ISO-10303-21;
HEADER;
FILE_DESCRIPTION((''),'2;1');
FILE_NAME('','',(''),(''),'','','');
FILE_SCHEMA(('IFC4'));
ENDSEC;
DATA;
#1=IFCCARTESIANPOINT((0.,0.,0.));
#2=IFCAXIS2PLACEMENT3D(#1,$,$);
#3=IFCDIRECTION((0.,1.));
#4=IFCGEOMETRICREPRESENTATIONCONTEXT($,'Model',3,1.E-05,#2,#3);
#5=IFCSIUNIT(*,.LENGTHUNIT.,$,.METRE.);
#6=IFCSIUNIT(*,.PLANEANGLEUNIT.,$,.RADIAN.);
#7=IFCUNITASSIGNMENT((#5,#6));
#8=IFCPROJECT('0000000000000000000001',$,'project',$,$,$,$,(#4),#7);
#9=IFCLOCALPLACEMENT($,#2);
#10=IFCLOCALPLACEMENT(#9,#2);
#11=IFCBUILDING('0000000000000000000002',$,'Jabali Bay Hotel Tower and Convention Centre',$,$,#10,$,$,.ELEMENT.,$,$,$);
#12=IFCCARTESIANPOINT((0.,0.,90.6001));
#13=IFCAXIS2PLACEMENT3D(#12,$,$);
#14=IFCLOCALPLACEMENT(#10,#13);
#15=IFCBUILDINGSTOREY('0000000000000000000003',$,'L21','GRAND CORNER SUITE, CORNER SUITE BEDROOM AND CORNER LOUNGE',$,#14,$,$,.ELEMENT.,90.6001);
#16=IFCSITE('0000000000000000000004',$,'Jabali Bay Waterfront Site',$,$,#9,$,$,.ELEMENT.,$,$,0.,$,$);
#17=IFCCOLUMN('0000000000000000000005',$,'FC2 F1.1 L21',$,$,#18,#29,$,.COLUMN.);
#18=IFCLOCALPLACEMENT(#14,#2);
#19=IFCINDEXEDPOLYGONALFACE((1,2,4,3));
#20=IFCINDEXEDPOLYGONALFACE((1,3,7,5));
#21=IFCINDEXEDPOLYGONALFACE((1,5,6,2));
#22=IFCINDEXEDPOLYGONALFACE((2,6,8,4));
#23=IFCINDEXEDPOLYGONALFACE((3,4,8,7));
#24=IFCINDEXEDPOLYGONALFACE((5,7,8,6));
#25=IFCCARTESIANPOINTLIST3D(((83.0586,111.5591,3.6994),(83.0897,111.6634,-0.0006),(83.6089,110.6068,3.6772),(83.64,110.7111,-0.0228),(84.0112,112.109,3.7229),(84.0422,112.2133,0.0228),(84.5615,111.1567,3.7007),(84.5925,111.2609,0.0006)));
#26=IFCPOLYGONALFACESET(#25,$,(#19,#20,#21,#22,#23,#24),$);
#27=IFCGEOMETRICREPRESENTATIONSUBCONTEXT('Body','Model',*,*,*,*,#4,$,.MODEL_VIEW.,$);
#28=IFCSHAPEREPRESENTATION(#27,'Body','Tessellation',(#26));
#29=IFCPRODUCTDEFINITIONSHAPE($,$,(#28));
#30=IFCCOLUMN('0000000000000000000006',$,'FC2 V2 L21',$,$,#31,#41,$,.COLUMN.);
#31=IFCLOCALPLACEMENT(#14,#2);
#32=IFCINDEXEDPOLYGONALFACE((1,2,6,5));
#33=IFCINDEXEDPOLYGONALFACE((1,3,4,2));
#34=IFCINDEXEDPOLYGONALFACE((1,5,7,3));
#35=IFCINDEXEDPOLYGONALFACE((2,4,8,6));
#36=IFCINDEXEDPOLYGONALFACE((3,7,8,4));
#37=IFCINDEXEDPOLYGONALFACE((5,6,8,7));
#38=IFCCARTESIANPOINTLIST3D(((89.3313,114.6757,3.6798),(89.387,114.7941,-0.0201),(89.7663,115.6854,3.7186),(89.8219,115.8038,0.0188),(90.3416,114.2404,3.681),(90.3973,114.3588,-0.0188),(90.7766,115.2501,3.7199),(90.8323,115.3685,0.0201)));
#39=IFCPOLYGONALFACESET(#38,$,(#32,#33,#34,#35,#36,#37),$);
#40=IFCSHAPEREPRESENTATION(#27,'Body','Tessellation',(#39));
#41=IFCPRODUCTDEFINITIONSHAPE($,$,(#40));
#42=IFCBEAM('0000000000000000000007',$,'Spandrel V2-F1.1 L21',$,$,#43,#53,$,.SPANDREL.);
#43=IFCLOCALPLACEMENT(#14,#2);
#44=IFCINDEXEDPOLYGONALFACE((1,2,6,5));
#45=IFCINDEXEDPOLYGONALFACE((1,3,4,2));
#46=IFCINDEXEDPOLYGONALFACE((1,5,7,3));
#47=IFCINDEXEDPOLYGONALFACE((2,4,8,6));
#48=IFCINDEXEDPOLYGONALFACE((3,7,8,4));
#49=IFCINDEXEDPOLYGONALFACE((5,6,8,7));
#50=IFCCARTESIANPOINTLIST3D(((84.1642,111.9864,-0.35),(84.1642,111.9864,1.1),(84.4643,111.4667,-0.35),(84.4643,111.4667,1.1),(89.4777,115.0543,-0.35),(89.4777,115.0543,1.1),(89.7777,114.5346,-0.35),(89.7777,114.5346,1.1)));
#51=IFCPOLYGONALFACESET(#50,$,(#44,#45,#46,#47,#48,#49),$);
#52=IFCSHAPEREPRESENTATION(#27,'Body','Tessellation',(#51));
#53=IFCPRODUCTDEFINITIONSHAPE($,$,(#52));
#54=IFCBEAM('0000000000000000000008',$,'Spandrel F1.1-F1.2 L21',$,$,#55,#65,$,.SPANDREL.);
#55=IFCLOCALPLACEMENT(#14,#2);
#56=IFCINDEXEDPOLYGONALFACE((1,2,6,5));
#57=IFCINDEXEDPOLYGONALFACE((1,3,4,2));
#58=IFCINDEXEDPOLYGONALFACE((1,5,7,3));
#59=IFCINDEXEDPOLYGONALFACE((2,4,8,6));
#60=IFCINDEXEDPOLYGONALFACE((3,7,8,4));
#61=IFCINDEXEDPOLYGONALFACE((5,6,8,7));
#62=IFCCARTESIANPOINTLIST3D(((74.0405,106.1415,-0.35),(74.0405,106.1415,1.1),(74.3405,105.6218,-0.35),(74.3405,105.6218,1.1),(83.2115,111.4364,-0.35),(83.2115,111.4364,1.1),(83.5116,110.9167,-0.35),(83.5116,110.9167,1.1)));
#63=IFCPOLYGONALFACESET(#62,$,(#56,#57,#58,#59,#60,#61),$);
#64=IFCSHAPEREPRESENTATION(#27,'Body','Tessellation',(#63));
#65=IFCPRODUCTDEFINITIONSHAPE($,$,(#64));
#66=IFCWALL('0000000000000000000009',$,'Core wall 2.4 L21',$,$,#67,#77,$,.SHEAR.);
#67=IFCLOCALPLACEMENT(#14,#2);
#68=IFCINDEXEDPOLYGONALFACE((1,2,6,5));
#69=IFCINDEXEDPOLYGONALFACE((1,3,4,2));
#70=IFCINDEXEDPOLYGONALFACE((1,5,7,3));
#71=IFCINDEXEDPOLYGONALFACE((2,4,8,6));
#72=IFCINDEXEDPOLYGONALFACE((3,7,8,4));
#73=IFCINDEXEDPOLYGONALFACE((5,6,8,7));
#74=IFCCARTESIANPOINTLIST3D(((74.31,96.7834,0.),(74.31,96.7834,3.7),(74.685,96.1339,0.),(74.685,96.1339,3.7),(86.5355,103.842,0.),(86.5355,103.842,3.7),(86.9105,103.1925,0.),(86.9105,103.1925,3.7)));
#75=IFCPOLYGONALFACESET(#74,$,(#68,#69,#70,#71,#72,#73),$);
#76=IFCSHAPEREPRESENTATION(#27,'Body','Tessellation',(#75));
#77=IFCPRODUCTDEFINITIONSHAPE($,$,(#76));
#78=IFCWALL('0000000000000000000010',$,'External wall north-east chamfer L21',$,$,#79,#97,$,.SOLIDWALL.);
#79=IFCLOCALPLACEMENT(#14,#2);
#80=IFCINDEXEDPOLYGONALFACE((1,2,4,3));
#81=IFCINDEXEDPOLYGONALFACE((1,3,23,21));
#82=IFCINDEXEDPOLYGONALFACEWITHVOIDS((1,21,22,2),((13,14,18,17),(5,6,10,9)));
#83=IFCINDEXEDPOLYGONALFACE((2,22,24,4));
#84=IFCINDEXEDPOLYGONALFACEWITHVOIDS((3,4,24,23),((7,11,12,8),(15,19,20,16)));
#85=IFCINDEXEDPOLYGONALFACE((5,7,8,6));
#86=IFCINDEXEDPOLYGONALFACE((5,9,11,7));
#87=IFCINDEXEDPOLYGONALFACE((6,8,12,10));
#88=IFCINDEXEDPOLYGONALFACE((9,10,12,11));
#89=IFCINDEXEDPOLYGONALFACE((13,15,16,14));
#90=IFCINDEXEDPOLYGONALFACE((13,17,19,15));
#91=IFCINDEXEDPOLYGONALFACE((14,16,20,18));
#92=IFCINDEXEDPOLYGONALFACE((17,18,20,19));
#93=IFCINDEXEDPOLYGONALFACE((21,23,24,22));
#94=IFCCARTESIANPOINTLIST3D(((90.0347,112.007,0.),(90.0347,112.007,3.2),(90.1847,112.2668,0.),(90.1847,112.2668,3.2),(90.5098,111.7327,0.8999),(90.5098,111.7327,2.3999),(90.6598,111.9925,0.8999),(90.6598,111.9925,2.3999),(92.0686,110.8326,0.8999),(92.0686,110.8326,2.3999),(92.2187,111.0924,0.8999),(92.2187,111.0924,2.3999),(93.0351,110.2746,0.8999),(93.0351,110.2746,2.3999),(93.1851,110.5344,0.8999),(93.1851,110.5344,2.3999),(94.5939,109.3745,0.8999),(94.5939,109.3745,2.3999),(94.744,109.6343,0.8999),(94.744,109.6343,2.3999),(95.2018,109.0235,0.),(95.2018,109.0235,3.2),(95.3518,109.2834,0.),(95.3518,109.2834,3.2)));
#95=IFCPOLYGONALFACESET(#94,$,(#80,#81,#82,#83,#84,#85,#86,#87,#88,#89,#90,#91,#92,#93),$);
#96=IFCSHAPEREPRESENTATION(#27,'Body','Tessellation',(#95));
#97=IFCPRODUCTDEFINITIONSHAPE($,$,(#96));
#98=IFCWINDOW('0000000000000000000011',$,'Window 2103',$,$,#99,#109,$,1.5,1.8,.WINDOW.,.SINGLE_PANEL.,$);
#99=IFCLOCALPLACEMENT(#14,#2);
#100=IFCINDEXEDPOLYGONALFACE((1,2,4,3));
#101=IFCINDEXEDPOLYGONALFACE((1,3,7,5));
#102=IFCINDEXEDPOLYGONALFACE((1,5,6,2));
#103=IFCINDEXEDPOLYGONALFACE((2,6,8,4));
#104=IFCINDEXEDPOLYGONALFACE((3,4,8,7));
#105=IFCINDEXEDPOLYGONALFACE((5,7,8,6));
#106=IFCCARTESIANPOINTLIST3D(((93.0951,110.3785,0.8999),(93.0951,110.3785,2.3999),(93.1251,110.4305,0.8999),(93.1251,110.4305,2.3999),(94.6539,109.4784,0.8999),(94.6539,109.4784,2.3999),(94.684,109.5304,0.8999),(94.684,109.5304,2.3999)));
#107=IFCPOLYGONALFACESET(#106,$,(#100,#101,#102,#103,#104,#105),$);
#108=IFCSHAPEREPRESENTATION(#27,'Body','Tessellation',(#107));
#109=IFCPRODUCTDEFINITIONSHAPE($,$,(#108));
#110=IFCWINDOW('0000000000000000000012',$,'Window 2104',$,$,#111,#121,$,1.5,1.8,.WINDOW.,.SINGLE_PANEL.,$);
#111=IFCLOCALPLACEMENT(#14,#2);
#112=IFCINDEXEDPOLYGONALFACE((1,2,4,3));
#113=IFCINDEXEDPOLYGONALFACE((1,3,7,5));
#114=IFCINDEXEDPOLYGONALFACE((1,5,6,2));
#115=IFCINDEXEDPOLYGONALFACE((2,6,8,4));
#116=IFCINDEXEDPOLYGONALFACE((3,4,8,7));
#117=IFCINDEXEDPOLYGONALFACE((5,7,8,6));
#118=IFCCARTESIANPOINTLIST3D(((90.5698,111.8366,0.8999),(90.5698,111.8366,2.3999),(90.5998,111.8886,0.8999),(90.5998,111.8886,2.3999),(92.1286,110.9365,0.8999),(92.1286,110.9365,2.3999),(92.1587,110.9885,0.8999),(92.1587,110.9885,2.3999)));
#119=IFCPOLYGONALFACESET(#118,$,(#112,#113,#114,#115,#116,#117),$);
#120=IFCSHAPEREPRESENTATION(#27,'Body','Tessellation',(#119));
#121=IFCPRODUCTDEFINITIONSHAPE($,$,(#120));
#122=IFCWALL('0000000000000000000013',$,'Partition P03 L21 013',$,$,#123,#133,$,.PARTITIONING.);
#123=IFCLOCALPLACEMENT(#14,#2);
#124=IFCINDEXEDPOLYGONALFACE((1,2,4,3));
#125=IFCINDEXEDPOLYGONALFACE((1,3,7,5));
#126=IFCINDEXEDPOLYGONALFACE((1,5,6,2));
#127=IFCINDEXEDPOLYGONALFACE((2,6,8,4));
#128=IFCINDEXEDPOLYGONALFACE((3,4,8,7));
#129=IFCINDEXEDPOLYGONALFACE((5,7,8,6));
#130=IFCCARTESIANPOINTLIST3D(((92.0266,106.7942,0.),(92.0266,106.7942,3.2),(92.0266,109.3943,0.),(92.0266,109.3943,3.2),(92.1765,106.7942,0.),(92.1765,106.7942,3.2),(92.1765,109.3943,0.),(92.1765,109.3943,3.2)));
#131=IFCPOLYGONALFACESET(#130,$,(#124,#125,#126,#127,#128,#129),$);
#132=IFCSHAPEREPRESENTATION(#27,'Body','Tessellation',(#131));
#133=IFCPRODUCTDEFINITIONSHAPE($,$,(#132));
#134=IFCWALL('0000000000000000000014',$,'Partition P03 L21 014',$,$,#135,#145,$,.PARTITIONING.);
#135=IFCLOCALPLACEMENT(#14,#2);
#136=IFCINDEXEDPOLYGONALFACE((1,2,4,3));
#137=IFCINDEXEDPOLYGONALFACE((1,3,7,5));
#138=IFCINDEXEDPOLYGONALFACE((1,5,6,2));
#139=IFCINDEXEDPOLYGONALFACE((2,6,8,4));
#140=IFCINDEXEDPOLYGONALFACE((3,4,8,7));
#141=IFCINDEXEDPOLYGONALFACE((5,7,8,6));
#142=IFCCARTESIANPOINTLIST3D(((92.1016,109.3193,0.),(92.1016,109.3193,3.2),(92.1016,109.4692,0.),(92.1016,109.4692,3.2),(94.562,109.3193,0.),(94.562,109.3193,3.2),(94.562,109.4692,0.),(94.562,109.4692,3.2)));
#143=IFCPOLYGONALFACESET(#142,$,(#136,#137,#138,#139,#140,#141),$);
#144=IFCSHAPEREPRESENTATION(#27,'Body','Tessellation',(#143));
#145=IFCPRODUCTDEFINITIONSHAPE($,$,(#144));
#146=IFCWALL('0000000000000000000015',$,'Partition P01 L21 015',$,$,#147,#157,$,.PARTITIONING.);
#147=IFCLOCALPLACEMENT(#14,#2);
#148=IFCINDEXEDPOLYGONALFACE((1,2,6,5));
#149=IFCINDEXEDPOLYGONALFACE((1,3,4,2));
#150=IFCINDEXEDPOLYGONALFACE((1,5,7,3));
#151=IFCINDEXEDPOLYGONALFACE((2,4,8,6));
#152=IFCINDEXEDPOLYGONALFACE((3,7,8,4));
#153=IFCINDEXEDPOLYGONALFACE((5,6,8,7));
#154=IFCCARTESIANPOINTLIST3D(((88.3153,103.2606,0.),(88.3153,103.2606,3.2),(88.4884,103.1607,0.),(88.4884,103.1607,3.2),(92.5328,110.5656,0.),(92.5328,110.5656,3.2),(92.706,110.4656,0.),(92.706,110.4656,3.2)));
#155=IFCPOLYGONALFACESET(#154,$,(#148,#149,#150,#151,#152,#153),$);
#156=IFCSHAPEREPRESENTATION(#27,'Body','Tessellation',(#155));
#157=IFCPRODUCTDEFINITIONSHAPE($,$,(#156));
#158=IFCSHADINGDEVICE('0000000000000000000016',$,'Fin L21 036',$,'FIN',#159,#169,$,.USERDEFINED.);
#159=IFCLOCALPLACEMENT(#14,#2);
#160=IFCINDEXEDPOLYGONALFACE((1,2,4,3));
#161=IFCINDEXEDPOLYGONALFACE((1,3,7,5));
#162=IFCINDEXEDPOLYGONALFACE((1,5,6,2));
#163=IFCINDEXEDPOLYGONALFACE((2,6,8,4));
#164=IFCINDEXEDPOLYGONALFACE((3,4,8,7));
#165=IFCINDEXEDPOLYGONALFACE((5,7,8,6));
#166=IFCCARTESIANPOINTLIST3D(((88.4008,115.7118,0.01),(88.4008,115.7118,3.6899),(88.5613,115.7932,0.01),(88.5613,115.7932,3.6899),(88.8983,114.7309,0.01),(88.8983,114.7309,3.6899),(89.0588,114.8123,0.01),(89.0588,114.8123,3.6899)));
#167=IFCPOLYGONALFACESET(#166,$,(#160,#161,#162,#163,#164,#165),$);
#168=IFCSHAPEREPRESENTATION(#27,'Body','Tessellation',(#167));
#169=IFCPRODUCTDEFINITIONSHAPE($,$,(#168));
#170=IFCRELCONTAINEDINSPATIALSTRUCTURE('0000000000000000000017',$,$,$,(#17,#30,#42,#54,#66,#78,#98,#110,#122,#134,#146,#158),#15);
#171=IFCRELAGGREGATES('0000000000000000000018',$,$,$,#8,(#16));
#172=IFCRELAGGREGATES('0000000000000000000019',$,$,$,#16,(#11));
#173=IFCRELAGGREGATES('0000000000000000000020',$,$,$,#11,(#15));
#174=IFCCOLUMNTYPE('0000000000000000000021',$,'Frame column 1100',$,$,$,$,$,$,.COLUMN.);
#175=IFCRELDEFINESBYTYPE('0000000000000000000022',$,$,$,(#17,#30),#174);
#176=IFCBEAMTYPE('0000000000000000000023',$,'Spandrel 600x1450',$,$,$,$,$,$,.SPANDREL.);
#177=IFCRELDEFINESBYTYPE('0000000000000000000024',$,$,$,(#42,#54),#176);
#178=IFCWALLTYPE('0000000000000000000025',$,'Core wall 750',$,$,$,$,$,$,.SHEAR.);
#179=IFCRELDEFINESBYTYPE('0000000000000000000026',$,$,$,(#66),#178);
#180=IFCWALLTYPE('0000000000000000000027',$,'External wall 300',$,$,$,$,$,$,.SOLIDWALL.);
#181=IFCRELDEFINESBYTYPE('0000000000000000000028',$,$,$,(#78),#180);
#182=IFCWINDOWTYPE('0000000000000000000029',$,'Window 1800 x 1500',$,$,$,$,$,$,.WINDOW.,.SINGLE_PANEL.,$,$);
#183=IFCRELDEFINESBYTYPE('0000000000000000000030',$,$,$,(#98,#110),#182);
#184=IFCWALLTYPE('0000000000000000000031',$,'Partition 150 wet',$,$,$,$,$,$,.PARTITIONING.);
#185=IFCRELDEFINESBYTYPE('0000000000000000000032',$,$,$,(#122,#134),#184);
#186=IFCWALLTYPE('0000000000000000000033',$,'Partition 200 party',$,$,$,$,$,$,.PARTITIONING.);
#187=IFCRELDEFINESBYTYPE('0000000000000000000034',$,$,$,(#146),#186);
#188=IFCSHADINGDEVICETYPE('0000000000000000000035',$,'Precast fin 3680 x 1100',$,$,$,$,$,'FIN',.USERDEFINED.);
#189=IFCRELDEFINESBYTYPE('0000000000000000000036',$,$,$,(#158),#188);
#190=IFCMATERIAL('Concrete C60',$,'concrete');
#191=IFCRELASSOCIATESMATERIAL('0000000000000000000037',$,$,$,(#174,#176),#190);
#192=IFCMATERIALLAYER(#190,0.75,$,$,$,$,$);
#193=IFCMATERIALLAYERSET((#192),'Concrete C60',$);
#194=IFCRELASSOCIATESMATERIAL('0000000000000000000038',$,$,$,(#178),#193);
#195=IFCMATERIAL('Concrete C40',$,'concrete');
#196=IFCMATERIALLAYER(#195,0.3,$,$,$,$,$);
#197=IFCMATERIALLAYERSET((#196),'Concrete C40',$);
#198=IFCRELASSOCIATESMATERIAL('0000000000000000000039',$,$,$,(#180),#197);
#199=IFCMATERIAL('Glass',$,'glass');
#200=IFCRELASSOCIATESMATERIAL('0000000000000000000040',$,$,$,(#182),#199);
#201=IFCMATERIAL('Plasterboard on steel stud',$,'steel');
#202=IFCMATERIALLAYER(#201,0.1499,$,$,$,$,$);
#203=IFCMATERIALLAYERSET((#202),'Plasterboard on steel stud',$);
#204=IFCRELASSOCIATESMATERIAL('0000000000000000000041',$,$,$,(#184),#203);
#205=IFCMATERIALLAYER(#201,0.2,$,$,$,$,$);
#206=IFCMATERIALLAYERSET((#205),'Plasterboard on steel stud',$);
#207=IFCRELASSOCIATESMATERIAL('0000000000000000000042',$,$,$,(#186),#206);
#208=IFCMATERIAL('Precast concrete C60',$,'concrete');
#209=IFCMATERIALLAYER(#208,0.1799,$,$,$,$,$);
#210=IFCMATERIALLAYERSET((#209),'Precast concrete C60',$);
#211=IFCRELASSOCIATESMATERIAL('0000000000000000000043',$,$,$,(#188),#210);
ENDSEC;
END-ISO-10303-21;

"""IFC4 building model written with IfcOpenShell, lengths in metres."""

from ifc_helpers import new_model, si_unit, direction, frame, frame_2d, origin, origin_2d, place, context, subcontext, project, spatial, rectangle, extrude, material, layer, layer_set, material_profile, profile_set, type_object, element, fill, save


model = new_model("IFC4")

# Units and contexts
model_context = context("Model", 3, precision=1e-05, world=origin(), true_north=direction((0.0, 1.0)))
body_context = subcontext(model_context, "Body", "Model", "MODEL_VIEW")
ifc_project = project(units=[si_unit("LENGTHUNIT", "METRE"), si_unit("PLANEANGLEUNIT", "RADIAN")], contexts=[model_context])

# Site, building, storey
site_placement = place(None, origin())
site = spatial("IfcSite", under=ifc_project, at=site_placement, Name="Jabali Bay Waterfront Site", CompositionType="ELEMENT", RefElevation=0.0)
building_placement = place(site_placement, origin())
building = spatial("IfcBuilding", under=site, at=building_placement, Name="Jabali Bay Hotel Tower and Convention Centre", CompositionType="ELEMENT")
storey_placement = place(building_placement, frame((0.0, 0.0, 90.6001)))
storey = spatial("IfcBuildingStorey", under=building, at=storey_placement, Name="L21", Description="GRAND CORNER SUITE, CORNER SUITE BEDROOM AND CORNER LOUNGE", CompositionType="ELEMENT", Elevation=90.6001)

# Columns
ifc_material_1 = material(Name="Concrete C60", Category="concrete")
ifc_material_profile_1 = material_profile(ifc_material_1, rectangle(XDim=1.1001, YDim=1.1001, at=origin_2d()), Name="Frame column 1100")
ifc_profile_set_1 = profile_set([ifc_material_profile_1], Name="Concrete C60")
column_type = type_object("IfcColumnType", Name="Frame column 1100", PredefinedType="COLUMN", material=ifc_profile_set_1)
column_1_placement = place(storey_placement, frame((83.8411, 111.4622, 0.0), z_axis=(-0.008376, -0.028163, 0.999568), x_axis=(0.865853, 0.499842, 0.021339)))
element("IfcColumn", 1, at=column_1_placement, inside=storey, type_object=column_type, Name="FC2 F1.1 L21", PredefinedType="COLUMN", context=body_context, shape_type="SweptSolid", body=[
    extrude(rectangle(XDim=1.1001, YDim=1.1001, at=origin_2d()), origin(), (0.0, 0.0, 1.0), 3.7017),
])
column_2_placement = place(storey_placement, frame((90.1096, 115.0813, 0.0), z_axis=(-0.015035, -0.031983, 0.999375), x_axis=(0.918396, -0.395661, 0.001155)))
element("IfcColumn", 2, at=column_2_placement, inside=storey, type_object=column_type, Name="FC2 V2 L21", PredefinedType="COLUMN", context=body_context, shape_type="SweptSolid", body=[
    extrude(rectangle(XDim=1.1001, YDim=1.1001, at=origin_2d()), origin(), (0.0, 0.0, 1.0), 3.7021),
])

# Beams
ifc_material_profile_2 = material_profile(ifc_material_1, rectangle(XDim=0.6001, YDim=1.45, at=origin_2d()), Name="Spandrel 600x1450")
ifc_profile_set_2 = profile_set([ifc_material_profile_2], Name="Concrete C60")
beam_type = type_object("IfcBeamType", Name="Spandrel 600x1450", PredefinedType="SPANDREL", material=ifc_profile_set_2)
beam_1_placement = place(storey_placement, frame((89.6277, 114.7944, 0.375), z_axis=(-0.866016, -0.500016, 0.0), x_axis=(0.500016, -0.866016, 0.0)))
element("IfcBeam", 3, at=beam_1_placement, inside=storey, type_object=beam_type, Name="Spandrel V2-F1.1 L21", PredefinedType="SPANDREL", context=body_context, shape_type="SweptSolid", body=[
    extrude(rectangle(XDim=0.6001, YDim=1.45, at=origin_2d()), origin(), (0.0, 0.0, 1.0), 6.1355),
])
beam_2_placement = place(storey_placement, frame((83.3616, 111.1765, 0.375), z_axis=(-0.866027, -0.499997, 0.0), x_axis=(0.499997, -0.866027, 0.0)))
element("IfcBeam", 4, at=beam_2_placement, inside=storey, type_object=beam_type, Name="Spandrel F1.1-F1.2 L21", PredefinedType="SPANDREL", context=body_context, shape_type="SweptSolid", body=[
    extrude(rectangle(XDim=0.6001, YDim=1.45, at=origin_2d()), origin(), (0.0, 0.0, 1.0), 10.5898),
])

# Wall
ifc_layer_1 = layer(ifc_material_1, 0.75)
ifc_layer_set_1 = layer_set([ifc_layer_1], Name="Concrete C60")
wall_type_1 = type_object("IfcWallType", Name="Core wall 750", PredefinedType="SHEAR", material=ifc_layer_set_1)
wall_1_placement = place(storey_placement, frame((86.7231, 103.5173, 0.0), z_axis=(0.0, 0.0, 1.0), x_axis=(-0.866021, -0.500008, 0.0)))
element("IfcWall", 5, at=wall_1_placement, inside=storey, type_object=wall_type_1, Name="Core wall 2.4 L21", PredefinedType="SHEAR", context=body_context, shape_type="SweptSolid", body=[
    extrude(rectangle(XDim=14.1169, YDim=0.75, at=frame_2d((7.0586, 0.0))), origin(), (0.0, 0.0, 1.0), 3.7),
])

# Wall, openings, windows
ifc_material_2 = material(Name="Concrete C40", Category="concrete")
ifc_layer_2 = layer(ifc_material_2, 0.3)
ifc_layer_set_2 = layer_set([ifc_layer_2], Name="Concrete C40")
wall_type_2 = type_object("IfcWallType", Name="External wall 300", PredefinedType="SOLIDWALL", material=ifc_layer_set_2)
wall_2_placement = place(storey_placement, frame((90.1096, 112.137, 0.0), z_axis=(0.0, 0.0, 1.0), x_axis=(0.866008, -0.500029, 0.0)))
wall_2 = element("IfcWall", 6, at=wall_2_placement, inside=storey, type_object=wall_type_2, Name="External wall north-east chamfer L21", PredefinedType="SOLIDWALL", context=body_context, shape_type="SweptSolid", body=[
    extrude(rectangle(XDim=5.9666, YDim=0.3, at=frame_2d((2.9834, 0.0))), origin(), (0.0, 0.0, 1.0), 3.2),
])
opening_1_placement = place(wall_2_placement, frame((3.4648, 0.0, 0.8999)))
opening_1 = element("IfcOpeningElement", 7, at=opening_1_placement, cuts=wall_2, PredefinedType="OPENING", context=body_context, shape_type="SweptSolid", body=[
    extrude(rectangle(XDim=1.8, YDim=1.5, at=frame_2d((0.8999, 0.75))), frame((0.0, 0.1606, 0.0), z_axis=(0.0, -1.0, 0.0), x_axis=(1.0, 0.0, 0.0)), (0.0, 0.0, 1.0), 0.321),
])
opening_2_placement = place(wall_2_placement, frame((0.5488, 0.0, 0.8999)))
opening_2 = element("IfcOpeningElement", 8, at=opening_2_placement, cuts=wall_2, PredefinedType="OPENING", context=body_context, shape_type="SweptSolid", body=[
    extrude(rectangle(XDim=1.8, YDim=1.5, at=frame_2d((0.8999, 0.75))), frame((0.0, 0.1606, 0.0), z_axis=(0.0, -1.0, 0.0), x_axis=(1.0, 0.0, 0.0)), (0.0, 0.0, 1.0), 0.321),
])
ifc_material_3 = material(Name="Glass", Category="glass")
window_type = type_object("IfcWindowType", Name="Window 1800 x 1500", PartitioningType="SINGLE_PANEL", PredefinedType="WINDOW", material=ifc_material_3)
window_1_placement = place(opening_1_placement, origin())
window_1 = element("IfcWindow", 9, at=window_1_placement, inside=storey, type_object=window_type, Name="Window 2103", OverallHeight=1.5, OverallWidth=1.8, PartitioningType="SINGLE_PANEL", PredefinedType="WINDOW", context=body_context, shape_type="SweptSolid", body=[
    extrude(rectangle(XDim=1.8, YDim=1.5, at=frame_2d((0.8999, 0.75))), frame((0.0, 0.03, 0.0), z_axis=(0.0, -1.0, 0.0), x_axis=(1.0, 0.0, 0.0)), (0.0, 0.0, 1.0), 0.0601),
])
fill(opening_1, window_1)
window_2_placement = place(opening_2_placement, origin())
window_2 = element("IfcWindow", 10, at=window_2_placement, inside=storey, type_object=window_type, Name="Window 2104", OverallHeight=1.5, OverallWidth=1.8, PartitioningType="SINGLE_PANEL", PredefinedType="WINDOW", context=body_context, shape_type="SweptSolid", body=[
    extrude(rectangle(XDim=1.8, YDim=1.5, at=frame_2d((0.8999, 0.75))), frame((0.0, 0.03, 0.0), z_axis=(0.0, -1.0, 0.0), x_axis=(1.0, 0.0, 0.0)), (0.0, 0.0, 1.0), 0.0601),
])
fill(opening_2, window_2)

# Walls
ifc_material_4 = material(Name="Plasterboard on steel stud", Category="steel")
ifc_layer_3 = layer(ifc_material_4, 0.1499)
ifc_layer_set_3 = layer_set([ifc_layer_3], Name="Plasterboard on steel stud")
wall_type_3 = type_object("IfcWallType", Name="Partition 150 wet", PredefinedType="PARTITIONING", material=ifc_layer_set_3)
wall_3_placement = place(storey_placement, frame((92.1016, 106.7942, 0.0), z_axis=(0.0, 0.0, 1.0), x_axis=(0.0, 1.0, 0.0)))
element("IfcWall", 11, at=wall_3_placement, inside=storey, type_object=wall_type_3, Name="Partition P03 L21 013", PredefinedType="PARTITIONING", context=body_context, shape_type="SweptSolid", body=[
    extrude(rectangle(XDim=2.6001, YDim=0.1499, at=frame_2d((1.3, 0.0))), origin(), (0.0, 0.0, 1.0), 3.2),
])
wall_4_placement = place(storey_placement, frame((92.1016, 109.3943, 0.0), z_axis=(0.0, 0.0, 1.0), x_axis=(1.0, 0.0, 0.0)))
element("IfcWall", 12, at=wall_4_placement, inside=storey, type_object=wall_type_3, Name="Partition P03 L21 014", PredefinedType="PARTITIONING", context=body_context, shape_type="SweptSolid", body=[
    extrude(rectangle(XDim=2.4604, YDim=0.1499, at=frame_2d((1.2302, 0.0))), origin(), (0.0, 0.0, 1.0), 3.2),
])
ifc_layer_4 = layer(ifc_material_4, 0.2)
ifc_layer_set_4 = layer_set([ifc_layer_4], Name="Plasterboard on steel stud")
wall_type_4 = type_object("IfcWallType", Name="Partition 200 party", PredefinedType="PARTITIONING", material=ifc_layer_set_4)
wall_5_placement = place(storey_placement, frame((92.6194, 110.5156, 0.0), z_axis=(0.0, 0.0, 1.0), x_axis=(-0.500002, -0.866024, 0.0)))
element("IfcWall", 13, at=wall_5_placement, inside=storey, type_object=wall_type_4, Name="Partition P01 L21 015", PredefinedType="PARTITIONING", context=body_context, shape_type="SweptSolid", body=[
    extrude(rectangle(XDim=8.4351, YDim=0.2, at=frame_2d((4.2175, 0.0))), origin(), (0.0, 0.0, 1.0), 3.2),
])

# Shading device
ifc_material_5 = material(Name="Precast concrete C60", Category="concrete")
ifc_layer_5 = layer(ifc_material_5, 0.1799)
ifc_layer_set_5 = layer_set([ifc_layer_5], Name="Precast concrete C60")
shading_device_type_1 = type_object("IfcShadingDeviceType", Name="Precast fin 3680 x 1100", ElementType="FIN", PredefinedType="USERDEFINED", material=ifc_layer_set_5)
shading_device_1_placement = place(storey_placement, frame((88.9785, 114.7717, 0.01), z_axis=(0.0, 0.0, 1.0), x_axis=(-0.452356, 0.891838, 0.0)))
element("IfcShadingDevice", 14, at=shading_device_1_placement, inside=storey, type_object=shading_device_type_1, Name="Fin L21 036", ObjectType="FIN", PredefinedType="USERDEFINED", context=body_context, shape_type="SweptSolid", body=[
    extrude(rectangle(XDim=1.0999, YDim=0.1799, at=frame_2d((0.5498, 0.0))), origin(), (0.0, 0.0, 1.0), 3.6799),
])

save(model, "model.ifc")
